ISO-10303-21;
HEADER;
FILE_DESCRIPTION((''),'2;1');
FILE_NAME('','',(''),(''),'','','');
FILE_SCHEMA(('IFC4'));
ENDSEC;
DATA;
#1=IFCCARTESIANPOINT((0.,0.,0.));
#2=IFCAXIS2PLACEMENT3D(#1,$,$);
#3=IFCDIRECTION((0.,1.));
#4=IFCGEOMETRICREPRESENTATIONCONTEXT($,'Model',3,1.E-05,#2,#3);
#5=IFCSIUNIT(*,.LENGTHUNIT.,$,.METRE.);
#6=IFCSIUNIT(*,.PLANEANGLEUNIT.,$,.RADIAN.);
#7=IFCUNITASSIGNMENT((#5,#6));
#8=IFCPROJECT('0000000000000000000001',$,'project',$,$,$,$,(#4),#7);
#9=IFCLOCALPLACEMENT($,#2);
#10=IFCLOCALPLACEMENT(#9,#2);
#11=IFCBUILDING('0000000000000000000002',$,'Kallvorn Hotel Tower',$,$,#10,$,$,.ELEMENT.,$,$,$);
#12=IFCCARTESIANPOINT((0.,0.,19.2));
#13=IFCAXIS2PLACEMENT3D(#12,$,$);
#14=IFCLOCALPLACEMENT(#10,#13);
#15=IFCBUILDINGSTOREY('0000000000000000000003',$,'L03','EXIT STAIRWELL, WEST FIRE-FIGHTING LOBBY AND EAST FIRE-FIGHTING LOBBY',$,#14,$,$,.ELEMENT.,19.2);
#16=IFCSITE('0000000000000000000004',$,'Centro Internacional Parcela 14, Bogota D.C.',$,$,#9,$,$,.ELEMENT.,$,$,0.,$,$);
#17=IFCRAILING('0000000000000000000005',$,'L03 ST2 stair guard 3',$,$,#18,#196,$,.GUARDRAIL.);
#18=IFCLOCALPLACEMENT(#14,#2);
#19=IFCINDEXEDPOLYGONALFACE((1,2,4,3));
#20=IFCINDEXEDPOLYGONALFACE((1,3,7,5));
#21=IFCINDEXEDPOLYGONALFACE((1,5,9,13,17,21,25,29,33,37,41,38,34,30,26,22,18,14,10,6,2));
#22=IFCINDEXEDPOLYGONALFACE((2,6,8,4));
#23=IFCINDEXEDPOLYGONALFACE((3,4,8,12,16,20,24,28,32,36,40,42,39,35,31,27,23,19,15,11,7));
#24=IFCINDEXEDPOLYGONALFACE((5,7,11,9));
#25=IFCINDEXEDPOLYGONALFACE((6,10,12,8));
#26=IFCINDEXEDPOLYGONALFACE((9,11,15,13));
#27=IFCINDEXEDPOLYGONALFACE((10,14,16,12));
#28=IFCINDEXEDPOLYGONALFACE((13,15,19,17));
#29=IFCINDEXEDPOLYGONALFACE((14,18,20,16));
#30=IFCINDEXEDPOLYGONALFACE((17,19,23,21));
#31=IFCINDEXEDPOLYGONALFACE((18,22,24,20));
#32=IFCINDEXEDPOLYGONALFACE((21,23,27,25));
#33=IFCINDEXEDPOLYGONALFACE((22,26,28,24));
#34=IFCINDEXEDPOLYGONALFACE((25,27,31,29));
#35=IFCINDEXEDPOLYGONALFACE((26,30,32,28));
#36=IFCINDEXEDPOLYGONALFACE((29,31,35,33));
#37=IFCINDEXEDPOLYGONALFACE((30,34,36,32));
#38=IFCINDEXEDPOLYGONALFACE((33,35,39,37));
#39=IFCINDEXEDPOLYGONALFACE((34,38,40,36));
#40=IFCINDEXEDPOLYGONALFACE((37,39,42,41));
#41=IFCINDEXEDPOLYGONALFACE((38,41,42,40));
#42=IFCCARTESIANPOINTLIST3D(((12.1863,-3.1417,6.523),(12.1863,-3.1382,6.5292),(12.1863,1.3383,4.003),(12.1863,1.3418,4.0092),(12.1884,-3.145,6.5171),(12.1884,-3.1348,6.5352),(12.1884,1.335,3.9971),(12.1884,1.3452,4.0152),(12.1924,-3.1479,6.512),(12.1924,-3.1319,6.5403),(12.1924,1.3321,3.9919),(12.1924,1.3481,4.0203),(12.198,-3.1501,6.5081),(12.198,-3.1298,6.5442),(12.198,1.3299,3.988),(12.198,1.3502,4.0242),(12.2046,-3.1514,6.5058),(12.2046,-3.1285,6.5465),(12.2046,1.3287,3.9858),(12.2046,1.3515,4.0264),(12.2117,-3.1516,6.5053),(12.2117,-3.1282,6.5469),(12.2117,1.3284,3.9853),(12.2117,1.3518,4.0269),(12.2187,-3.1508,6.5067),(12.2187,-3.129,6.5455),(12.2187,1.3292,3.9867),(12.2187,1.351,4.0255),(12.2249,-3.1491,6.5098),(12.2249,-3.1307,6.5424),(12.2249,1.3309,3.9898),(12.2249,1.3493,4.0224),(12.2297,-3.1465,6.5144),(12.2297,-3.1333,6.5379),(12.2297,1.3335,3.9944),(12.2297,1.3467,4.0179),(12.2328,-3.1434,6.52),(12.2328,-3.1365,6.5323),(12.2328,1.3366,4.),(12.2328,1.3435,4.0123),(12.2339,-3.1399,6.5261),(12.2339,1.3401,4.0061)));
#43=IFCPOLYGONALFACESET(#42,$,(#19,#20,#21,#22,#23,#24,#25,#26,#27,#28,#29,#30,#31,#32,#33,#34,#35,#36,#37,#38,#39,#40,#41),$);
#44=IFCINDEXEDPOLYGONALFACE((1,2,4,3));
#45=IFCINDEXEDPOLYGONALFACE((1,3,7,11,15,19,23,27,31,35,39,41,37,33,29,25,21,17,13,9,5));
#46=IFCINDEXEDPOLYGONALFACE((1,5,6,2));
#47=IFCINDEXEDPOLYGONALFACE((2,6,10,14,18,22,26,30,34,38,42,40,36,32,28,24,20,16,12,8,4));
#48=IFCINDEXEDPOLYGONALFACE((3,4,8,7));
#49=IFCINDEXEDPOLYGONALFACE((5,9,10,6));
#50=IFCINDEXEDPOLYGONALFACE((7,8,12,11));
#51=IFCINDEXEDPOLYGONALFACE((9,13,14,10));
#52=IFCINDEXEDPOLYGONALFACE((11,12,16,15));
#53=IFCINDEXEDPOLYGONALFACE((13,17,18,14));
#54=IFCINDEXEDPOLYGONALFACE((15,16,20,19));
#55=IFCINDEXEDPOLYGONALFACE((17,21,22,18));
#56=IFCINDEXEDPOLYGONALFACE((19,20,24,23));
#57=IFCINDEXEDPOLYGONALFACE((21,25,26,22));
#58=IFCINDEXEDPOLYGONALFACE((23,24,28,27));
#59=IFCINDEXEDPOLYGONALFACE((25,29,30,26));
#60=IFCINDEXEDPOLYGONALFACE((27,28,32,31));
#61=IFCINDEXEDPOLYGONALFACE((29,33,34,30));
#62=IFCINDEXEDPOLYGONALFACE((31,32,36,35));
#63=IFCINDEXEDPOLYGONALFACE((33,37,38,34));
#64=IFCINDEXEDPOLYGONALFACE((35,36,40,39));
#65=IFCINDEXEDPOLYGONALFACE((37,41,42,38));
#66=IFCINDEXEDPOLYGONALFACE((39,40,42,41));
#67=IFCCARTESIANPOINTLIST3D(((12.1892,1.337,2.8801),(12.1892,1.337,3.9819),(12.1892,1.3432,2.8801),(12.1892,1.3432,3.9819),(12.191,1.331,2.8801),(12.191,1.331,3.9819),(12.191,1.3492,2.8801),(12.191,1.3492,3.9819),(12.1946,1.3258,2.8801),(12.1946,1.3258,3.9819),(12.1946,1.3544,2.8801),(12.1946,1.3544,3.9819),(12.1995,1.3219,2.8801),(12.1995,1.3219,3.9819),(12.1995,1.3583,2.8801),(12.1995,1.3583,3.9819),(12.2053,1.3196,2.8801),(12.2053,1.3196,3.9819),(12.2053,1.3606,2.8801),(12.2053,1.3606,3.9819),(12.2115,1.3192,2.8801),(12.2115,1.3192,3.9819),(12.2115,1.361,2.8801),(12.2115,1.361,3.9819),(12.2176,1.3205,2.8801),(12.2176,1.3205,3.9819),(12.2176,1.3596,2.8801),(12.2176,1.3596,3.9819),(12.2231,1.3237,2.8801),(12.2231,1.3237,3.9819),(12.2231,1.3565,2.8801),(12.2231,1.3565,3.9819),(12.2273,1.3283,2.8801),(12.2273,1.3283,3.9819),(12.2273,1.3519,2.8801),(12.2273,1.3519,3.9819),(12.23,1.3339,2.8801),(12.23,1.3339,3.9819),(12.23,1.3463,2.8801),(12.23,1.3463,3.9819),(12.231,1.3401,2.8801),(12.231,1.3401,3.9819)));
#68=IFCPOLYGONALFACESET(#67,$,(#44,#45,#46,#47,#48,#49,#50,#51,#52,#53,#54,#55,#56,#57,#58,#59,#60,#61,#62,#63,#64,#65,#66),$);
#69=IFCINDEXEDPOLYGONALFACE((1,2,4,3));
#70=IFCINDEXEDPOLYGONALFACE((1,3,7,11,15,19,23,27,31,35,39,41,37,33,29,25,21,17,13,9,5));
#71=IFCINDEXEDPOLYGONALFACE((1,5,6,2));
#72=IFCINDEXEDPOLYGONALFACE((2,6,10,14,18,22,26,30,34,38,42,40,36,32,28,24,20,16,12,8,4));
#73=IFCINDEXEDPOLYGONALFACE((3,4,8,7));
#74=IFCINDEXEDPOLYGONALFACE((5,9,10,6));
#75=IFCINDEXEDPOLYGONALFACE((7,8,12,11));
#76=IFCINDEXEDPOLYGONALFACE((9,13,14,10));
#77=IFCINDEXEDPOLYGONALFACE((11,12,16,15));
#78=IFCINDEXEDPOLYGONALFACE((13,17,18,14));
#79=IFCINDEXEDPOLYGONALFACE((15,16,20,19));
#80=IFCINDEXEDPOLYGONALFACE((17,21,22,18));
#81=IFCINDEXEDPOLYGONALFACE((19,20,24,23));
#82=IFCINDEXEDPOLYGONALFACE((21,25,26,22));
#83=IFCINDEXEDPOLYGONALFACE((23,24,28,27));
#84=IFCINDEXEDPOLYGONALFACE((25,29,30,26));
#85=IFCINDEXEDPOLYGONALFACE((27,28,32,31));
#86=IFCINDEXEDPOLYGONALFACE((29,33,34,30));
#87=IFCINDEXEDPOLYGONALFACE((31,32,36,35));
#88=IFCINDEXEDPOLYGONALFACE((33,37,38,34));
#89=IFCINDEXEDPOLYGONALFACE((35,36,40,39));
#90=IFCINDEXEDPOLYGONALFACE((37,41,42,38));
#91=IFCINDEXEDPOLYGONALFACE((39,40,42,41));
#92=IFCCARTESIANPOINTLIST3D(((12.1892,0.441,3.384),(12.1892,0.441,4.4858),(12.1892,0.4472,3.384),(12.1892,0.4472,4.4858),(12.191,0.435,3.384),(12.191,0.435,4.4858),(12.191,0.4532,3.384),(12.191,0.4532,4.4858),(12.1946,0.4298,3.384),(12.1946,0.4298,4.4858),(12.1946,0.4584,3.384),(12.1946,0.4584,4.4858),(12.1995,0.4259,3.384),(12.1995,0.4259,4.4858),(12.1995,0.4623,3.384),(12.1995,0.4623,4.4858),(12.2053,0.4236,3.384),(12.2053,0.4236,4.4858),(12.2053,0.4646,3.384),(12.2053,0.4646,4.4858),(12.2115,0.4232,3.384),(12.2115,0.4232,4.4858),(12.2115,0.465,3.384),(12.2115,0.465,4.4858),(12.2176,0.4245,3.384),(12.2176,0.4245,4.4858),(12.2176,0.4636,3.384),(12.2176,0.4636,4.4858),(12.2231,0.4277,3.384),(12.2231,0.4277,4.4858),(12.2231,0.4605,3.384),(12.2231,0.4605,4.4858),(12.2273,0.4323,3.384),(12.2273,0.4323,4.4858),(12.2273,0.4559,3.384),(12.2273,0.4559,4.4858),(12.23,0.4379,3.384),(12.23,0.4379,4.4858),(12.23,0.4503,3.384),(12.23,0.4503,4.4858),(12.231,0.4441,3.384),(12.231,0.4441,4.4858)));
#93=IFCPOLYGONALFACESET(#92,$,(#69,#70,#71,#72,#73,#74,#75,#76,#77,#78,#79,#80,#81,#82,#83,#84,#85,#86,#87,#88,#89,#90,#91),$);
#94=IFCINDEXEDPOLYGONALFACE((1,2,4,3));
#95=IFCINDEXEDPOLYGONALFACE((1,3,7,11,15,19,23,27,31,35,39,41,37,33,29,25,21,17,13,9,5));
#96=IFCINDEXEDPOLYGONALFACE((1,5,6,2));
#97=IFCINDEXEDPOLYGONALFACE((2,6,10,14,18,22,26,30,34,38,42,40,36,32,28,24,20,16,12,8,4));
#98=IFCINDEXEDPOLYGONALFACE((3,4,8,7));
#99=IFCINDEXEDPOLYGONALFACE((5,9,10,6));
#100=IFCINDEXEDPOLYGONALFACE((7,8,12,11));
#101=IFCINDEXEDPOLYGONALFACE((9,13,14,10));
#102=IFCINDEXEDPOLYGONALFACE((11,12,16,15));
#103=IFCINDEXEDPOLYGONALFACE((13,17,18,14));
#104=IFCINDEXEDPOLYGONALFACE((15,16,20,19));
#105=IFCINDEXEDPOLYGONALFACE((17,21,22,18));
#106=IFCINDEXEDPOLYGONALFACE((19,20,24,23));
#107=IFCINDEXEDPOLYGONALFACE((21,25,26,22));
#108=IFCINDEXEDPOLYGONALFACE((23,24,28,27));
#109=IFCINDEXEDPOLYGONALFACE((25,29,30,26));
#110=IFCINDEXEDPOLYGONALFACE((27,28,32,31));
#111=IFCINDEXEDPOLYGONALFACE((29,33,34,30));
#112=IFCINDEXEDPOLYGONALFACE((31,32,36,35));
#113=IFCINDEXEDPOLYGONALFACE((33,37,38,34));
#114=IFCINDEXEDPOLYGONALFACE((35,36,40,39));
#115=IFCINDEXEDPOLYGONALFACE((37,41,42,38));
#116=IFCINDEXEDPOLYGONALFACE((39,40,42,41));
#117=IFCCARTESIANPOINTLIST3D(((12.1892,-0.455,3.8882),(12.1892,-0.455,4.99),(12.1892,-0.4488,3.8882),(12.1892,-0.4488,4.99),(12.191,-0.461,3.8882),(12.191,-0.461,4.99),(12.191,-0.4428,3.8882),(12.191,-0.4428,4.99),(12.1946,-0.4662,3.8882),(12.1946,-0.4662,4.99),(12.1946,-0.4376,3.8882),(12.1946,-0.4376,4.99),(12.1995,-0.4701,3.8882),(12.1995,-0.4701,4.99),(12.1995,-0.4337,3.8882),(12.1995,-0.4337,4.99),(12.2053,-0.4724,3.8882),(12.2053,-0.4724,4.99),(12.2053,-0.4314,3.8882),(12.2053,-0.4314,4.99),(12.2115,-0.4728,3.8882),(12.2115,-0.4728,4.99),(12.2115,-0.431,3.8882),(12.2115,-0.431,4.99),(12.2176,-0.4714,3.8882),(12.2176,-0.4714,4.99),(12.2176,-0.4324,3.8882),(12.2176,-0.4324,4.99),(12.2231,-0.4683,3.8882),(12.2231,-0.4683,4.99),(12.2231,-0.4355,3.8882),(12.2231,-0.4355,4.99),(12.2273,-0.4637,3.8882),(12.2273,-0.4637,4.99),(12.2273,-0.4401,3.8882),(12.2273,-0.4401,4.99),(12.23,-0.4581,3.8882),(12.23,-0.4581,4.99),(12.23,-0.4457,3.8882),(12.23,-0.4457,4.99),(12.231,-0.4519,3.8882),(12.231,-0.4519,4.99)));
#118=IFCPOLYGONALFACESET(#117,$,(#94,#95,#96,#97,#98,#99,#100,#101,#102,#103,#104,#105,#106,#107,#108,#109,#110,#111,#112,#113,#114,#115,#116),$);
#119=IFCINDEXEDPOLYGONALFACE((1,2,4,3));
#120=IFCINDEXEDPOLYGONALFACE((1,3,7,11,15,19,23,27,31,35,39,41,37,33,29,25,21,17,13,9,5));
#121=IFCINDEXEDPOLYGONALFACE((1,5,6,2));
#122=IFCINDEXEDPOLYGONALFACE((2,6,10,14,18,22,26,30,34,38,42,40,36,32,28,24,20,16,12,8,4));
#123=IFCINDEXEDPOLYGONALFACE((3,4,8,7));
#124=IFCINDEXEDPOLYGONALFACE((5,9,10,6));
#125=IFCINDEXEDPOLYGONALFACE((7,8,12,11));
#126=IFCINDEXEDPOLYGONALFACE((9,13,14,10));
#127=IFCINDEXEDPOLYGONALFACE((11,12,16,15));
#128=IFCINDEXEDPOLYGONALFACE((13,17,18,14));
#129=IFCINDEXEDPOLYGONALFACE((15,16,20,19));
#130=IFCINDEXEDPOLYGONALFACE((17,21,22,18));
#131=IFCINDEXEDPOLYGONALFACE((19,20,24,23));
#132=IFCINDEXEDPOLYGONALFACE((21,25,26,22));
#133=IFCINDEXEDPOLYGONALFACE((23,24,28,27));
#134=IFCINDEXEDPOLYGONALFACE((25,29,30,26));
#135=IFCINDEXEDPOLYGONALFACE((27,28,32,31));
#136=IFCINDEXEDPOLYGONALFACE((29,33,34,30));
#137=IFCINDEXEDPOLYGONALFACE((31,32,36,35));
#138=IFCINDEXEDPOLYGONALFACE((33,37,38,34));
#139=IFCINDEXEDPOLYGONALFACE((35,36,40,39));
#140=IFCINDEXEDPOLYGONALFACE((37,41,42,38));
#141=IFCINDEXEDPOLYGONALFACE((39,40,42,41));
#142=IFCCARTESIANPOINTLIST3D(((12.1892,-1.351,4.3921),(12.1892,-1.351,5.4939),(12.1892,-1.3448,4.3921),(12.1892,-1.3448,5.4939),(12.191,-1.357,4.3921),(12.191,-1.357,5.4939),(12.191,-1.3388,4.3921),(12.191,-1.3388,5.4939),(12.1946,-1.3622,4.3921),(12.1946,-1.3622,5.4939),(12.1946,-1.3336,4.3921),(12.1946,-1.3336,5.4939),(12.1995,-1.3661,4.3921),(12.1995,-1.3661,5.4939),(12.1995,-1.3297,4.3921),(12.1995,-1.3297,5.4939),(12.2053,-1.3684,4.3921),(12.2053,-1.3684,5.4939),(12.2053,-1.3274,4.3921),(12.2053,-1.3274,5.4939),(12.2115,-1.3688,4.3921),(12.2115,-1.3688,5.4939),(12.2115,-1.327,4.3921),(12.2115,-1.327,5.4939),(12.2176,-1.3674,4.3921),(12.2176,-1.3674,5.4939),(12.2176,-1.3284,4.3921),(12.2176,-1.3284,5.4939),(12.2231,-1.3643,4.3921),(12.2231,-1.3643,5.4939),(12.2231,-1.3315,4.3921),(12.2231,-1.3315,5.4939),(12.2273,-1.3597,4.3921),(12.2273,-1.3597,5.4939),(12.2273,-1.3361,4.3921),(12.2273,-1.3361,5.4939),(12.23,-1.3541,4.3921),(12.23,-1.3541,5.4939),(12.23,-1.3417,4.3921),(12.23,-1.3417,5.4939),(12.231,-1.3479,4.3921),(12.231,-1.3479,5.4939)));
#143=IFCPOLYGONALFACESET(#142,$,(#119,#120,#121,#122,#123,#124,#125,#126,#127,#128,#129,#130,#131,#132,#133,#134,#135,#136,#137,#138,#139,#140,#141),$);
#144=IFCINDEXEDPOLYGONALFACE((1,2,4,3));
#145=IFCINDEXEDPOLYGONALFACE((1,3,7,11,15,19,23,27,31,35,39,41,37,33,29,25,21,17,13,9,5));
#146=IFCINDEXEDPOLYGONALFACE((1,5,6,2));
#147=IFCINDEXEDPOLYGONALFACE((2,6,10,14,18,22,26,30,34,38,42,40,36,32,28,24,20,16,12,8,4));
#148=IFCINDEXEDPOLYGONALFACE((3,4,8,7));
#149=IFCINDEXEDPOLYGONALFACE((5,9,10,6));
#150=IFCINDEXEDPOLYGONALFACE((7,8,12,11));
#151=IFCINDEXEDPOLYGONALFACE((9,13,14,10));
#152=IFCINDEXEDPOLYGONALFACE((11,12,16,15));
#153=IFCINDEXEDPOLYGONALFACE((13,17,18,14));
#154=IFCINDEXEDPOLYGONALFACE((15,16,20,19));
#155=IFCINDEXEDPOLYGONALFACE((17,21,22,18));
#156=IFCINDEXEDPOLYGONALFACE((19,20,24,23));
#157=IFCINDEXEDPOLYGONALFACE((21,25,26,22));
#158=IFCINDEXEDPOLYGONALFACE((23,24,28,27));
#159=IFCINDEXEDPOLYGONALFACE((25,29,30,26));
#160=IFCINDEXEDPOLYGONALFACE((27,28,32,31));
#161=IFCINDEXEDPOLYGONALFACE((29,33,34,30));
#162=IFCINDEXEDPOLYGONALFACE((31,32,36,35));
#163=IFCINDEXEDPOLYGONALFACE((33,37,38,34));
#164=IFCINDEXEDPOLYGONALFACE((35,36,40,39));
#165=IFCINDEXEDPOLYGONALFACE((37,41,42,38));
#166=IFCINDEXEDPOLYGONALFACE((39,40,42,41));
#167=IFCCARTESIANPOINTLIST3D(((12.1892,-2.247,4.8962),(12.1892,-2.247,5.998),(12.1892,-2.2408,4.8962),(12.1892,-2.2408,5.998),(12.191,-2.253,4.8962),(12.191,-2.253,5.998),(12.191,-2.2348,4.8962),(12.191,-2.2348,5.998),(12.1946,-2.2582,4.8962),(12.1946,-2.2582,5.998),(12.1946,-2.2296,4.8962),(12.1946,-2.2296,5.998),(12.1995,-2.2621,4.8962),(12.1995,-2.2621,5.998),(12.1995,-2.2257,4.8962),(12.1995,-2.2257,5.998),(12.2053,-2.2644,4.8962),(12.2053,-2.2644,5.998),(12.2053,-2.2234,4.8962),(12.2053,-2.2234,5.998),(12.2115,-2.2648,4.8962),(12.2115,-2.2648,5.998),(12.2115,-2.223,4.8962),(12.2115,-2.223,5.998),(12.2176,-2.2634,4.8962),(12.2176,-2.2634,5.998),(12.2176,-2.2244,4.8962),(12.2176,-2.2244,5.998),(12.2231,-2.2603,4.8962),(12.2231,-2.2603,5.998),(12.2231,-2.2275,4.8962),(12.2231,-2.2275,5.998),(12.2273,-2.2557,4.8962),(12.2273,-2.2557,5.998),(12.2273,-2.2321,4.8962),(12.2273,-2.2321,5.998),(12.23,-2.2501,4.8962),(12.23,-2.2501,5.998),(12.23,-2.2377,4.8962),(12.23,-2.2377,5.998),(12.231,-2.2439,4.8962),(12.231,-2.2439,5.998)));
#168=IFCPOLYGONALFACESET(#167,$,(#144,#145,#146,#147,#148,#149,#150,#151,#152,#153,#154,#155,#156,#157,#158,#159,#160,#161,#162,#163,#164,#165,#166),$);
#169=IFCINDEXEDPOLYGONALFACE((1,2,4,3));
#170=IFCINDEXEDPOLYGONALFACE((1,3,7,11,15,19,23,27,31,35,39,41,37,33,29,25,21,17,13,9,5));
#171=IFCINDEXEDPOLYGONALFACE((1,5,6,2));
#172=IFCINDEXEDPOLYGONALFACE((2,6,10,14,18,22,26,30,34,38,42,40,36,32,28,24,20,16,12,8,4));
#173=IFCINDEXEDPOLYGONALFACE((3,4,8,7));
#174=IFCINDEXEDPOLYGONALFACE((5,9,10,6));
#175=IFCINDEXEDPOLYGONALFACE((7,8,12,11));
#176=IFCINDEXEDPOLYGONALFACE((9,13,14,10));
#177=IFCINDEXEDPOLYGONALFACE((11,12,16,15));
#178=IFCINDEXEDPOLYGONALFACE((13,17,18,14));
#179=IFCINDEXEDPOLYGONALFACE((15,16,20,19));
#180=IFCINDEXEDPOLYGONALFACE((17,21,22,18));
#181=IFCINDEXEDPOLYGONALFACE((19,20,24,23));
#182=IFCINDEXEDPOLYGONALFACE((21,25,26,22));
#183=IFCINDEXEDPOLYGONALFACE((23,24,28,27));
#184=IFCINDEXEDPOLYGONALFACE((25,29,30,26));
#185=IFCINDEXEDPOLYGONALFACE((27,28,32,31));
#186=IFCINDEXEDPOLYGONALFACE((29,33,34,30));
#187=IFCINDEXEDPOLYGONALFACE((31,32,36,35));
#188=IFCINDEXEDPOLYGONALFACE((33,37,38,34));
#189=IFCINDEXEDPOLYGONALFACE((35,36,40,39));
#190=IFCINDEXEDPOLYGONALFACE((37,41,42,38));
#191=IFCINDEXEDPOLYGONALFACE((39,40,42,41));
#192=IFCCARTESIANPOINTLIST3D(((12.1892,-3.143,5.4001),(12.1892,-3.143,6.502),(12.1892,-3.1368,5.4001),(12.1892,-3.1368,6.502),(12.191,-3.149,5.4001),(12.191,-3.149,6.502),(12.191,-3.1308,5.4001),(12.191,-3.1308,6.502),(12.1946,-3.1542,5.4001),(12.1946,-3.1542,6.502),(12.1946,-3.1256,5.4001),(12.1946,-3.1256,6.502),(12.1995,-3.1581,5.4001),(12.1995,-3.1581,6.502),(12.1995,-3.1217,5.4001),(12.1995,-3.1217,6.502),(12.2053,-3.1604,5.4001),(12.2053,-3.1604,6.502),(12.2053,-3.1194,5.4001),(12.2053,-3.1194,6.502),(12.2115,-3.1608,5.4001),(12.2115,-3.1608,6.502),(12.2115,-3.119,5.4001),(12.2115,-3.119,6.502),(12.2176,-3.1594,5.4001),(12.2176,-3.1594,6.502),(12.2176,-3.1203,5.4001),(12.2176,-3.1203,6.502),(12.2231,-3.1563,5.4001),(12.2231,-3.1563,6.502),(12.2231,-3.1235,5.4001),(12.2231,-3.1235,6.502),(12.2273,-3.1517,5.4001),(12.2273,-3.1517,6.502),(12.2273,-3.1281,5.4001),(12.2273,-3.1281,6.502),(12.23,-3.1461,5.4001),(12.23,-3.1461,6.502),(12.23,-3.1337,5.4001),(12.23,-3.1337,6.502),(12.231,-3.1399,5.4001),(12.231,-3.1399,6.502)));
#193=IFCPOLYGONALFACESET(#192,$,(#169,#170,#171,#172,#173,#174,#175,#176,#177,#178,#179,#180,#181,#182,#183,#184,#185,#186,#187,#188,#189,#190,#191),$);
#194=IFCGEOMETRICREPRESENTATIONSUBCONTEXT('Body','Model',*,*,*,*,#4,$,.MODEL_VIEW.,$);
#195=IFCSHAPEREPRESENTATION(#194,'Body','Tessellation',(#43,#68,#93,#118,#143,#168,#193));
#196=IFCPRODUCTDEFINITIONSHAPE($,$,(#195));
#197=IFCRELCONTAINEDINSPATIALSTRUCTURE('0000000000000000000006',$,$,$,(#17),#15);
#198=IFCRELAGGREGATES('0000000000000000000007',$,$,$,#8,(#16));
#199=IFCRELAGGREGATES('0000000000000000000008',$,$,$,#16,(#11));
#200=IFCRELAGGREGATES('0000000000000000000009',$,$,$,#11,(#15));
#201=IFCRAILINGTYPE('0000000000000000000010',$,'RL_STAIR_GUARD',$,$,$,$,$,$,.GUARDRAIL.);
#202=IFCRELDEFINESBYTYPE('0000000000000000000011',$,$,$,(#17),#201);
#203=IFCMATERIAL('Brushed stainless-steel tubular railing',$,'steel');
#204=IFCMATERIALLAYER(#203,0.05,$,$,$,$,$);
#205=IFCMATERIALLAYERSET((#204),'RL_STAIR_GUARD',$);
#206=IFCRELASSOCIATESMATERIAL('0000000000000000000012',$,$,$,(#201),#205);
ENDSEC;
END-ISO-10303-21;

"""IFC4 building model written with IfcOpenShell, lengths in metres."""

from ifc_helpers import new_model, si_unit, direction, frame, origin, origin_2d, place, context, subcontext, project, spatial, circle, extrude, material, layer, layer_set, type_object, element, save


model = new_model("IFC4")

# Units and contexts
model_context = context("Model", 3, precision=1e-05, world=origin(), true_north=direction((0.0, 1.0)))
body_context = subcontext(model_context, "Body", "Model", "MODEL_VIEW")
ifc_project = project(units=[si_unit("LENGTHUNIT", "METRE"), si_unit("PLANEANGLEUNIT", "RADIAN")], contexts=[model_context])

# Site, building, storey
site_placement = place(None, origin())
site = spatial("IfcSite", under=ifc_project, at=site_placement, Name="Centro Internacional Parcela 14, Bogota D.C.", CompositionType="ELEMENT", RefElevation=0.0)
building_placement = place(site_placement, origin())
building = spatial("IfcBuilding", under=site, at=building_placement, Name="Kallvorn Hotel Tower", CompositionType="ELEMENT")
storey_placement = place(building_placement, frame((0.0, 0.0, 19.2)))
storey = spatial("IfcBuildingStorey", under=building, at=storey_placement, Name="L03", Description="EXIT STAIRWELL, WEST FIRE-FIGHTING LOBBY AND EAST FIRE-FIGHTING LOBBY", CompositionType="ELEMENT", Elevation=19.2)

# Railing
ifc_material_1 = material(Name="Brushed stainless-steel tubular railing", Category="steel")
ifc_layer_1 = layer(ifc_material_1, 0.05)
ifc_layer_set_1 = layer_set([ifc_layer_1], Name="RL_STAIR_GUARD")
railing_type_1 = type_object("IfcRailingType", Name="RL_STAIR_GUARD", PredefinedType="GUARDRAIL", material=ifc_layer_set_1)
railing_1_placement = place(storey_placement, frame((12.21, 1.3401, 2.8801)))
element("IfcRailing", 1, at=railing_1_placement, inside=storey, type_object=railing_type_1, Name="L03 ST2 stair guard 3", PredefinedType="GUARDRAIL", context=body_context, shape_type="SweptSolid", body=[
    extrude(circle(Radius=0.0239, at=origin_2d()), frame((0.0, 0.0, 1.126), z_axis=(0.0, -0.871573, 0.490266), x_axis=(1.0, 0.0, 0.0)), (0.0, 0.0, 1.0), 5.1401),
    extrude(circle(Radius=0.021, at=origin_2d()), origin(), (0.0, 0.0, 1.0), 1.1018),
    extrude(circle(Radius=0.021, at=origin_2d()), frame((0.0, -0.896, 0.5039)), (0.0, 0.0, 1.0), 1.1018),
    extrude(circle(Radius=0.021, at=origin_2d()), frame((0.0, -1.792, 1.0081)), (0.0, 0.0, 1.0), 1.1018),
    extrude(circle(Radius=0.021, at=origin_2d()), frame((0.0, -2.688, 1.512)), (0.0, 0.0, 1.0), 1.1018),
    extrude(circle(Radius=0.021, at=origin_2d()), frame((0.0, -3.584, 2.0161)), (0.0, 0.0, 1.0), 1.1018),
    extrude(circle(Radius=0.021, at=origin_2d()), frame((0.0, -4.48, 2.52)), (0.0, 0.0, 1.0), 1.1018),
])

save(model, "model.ifc")
